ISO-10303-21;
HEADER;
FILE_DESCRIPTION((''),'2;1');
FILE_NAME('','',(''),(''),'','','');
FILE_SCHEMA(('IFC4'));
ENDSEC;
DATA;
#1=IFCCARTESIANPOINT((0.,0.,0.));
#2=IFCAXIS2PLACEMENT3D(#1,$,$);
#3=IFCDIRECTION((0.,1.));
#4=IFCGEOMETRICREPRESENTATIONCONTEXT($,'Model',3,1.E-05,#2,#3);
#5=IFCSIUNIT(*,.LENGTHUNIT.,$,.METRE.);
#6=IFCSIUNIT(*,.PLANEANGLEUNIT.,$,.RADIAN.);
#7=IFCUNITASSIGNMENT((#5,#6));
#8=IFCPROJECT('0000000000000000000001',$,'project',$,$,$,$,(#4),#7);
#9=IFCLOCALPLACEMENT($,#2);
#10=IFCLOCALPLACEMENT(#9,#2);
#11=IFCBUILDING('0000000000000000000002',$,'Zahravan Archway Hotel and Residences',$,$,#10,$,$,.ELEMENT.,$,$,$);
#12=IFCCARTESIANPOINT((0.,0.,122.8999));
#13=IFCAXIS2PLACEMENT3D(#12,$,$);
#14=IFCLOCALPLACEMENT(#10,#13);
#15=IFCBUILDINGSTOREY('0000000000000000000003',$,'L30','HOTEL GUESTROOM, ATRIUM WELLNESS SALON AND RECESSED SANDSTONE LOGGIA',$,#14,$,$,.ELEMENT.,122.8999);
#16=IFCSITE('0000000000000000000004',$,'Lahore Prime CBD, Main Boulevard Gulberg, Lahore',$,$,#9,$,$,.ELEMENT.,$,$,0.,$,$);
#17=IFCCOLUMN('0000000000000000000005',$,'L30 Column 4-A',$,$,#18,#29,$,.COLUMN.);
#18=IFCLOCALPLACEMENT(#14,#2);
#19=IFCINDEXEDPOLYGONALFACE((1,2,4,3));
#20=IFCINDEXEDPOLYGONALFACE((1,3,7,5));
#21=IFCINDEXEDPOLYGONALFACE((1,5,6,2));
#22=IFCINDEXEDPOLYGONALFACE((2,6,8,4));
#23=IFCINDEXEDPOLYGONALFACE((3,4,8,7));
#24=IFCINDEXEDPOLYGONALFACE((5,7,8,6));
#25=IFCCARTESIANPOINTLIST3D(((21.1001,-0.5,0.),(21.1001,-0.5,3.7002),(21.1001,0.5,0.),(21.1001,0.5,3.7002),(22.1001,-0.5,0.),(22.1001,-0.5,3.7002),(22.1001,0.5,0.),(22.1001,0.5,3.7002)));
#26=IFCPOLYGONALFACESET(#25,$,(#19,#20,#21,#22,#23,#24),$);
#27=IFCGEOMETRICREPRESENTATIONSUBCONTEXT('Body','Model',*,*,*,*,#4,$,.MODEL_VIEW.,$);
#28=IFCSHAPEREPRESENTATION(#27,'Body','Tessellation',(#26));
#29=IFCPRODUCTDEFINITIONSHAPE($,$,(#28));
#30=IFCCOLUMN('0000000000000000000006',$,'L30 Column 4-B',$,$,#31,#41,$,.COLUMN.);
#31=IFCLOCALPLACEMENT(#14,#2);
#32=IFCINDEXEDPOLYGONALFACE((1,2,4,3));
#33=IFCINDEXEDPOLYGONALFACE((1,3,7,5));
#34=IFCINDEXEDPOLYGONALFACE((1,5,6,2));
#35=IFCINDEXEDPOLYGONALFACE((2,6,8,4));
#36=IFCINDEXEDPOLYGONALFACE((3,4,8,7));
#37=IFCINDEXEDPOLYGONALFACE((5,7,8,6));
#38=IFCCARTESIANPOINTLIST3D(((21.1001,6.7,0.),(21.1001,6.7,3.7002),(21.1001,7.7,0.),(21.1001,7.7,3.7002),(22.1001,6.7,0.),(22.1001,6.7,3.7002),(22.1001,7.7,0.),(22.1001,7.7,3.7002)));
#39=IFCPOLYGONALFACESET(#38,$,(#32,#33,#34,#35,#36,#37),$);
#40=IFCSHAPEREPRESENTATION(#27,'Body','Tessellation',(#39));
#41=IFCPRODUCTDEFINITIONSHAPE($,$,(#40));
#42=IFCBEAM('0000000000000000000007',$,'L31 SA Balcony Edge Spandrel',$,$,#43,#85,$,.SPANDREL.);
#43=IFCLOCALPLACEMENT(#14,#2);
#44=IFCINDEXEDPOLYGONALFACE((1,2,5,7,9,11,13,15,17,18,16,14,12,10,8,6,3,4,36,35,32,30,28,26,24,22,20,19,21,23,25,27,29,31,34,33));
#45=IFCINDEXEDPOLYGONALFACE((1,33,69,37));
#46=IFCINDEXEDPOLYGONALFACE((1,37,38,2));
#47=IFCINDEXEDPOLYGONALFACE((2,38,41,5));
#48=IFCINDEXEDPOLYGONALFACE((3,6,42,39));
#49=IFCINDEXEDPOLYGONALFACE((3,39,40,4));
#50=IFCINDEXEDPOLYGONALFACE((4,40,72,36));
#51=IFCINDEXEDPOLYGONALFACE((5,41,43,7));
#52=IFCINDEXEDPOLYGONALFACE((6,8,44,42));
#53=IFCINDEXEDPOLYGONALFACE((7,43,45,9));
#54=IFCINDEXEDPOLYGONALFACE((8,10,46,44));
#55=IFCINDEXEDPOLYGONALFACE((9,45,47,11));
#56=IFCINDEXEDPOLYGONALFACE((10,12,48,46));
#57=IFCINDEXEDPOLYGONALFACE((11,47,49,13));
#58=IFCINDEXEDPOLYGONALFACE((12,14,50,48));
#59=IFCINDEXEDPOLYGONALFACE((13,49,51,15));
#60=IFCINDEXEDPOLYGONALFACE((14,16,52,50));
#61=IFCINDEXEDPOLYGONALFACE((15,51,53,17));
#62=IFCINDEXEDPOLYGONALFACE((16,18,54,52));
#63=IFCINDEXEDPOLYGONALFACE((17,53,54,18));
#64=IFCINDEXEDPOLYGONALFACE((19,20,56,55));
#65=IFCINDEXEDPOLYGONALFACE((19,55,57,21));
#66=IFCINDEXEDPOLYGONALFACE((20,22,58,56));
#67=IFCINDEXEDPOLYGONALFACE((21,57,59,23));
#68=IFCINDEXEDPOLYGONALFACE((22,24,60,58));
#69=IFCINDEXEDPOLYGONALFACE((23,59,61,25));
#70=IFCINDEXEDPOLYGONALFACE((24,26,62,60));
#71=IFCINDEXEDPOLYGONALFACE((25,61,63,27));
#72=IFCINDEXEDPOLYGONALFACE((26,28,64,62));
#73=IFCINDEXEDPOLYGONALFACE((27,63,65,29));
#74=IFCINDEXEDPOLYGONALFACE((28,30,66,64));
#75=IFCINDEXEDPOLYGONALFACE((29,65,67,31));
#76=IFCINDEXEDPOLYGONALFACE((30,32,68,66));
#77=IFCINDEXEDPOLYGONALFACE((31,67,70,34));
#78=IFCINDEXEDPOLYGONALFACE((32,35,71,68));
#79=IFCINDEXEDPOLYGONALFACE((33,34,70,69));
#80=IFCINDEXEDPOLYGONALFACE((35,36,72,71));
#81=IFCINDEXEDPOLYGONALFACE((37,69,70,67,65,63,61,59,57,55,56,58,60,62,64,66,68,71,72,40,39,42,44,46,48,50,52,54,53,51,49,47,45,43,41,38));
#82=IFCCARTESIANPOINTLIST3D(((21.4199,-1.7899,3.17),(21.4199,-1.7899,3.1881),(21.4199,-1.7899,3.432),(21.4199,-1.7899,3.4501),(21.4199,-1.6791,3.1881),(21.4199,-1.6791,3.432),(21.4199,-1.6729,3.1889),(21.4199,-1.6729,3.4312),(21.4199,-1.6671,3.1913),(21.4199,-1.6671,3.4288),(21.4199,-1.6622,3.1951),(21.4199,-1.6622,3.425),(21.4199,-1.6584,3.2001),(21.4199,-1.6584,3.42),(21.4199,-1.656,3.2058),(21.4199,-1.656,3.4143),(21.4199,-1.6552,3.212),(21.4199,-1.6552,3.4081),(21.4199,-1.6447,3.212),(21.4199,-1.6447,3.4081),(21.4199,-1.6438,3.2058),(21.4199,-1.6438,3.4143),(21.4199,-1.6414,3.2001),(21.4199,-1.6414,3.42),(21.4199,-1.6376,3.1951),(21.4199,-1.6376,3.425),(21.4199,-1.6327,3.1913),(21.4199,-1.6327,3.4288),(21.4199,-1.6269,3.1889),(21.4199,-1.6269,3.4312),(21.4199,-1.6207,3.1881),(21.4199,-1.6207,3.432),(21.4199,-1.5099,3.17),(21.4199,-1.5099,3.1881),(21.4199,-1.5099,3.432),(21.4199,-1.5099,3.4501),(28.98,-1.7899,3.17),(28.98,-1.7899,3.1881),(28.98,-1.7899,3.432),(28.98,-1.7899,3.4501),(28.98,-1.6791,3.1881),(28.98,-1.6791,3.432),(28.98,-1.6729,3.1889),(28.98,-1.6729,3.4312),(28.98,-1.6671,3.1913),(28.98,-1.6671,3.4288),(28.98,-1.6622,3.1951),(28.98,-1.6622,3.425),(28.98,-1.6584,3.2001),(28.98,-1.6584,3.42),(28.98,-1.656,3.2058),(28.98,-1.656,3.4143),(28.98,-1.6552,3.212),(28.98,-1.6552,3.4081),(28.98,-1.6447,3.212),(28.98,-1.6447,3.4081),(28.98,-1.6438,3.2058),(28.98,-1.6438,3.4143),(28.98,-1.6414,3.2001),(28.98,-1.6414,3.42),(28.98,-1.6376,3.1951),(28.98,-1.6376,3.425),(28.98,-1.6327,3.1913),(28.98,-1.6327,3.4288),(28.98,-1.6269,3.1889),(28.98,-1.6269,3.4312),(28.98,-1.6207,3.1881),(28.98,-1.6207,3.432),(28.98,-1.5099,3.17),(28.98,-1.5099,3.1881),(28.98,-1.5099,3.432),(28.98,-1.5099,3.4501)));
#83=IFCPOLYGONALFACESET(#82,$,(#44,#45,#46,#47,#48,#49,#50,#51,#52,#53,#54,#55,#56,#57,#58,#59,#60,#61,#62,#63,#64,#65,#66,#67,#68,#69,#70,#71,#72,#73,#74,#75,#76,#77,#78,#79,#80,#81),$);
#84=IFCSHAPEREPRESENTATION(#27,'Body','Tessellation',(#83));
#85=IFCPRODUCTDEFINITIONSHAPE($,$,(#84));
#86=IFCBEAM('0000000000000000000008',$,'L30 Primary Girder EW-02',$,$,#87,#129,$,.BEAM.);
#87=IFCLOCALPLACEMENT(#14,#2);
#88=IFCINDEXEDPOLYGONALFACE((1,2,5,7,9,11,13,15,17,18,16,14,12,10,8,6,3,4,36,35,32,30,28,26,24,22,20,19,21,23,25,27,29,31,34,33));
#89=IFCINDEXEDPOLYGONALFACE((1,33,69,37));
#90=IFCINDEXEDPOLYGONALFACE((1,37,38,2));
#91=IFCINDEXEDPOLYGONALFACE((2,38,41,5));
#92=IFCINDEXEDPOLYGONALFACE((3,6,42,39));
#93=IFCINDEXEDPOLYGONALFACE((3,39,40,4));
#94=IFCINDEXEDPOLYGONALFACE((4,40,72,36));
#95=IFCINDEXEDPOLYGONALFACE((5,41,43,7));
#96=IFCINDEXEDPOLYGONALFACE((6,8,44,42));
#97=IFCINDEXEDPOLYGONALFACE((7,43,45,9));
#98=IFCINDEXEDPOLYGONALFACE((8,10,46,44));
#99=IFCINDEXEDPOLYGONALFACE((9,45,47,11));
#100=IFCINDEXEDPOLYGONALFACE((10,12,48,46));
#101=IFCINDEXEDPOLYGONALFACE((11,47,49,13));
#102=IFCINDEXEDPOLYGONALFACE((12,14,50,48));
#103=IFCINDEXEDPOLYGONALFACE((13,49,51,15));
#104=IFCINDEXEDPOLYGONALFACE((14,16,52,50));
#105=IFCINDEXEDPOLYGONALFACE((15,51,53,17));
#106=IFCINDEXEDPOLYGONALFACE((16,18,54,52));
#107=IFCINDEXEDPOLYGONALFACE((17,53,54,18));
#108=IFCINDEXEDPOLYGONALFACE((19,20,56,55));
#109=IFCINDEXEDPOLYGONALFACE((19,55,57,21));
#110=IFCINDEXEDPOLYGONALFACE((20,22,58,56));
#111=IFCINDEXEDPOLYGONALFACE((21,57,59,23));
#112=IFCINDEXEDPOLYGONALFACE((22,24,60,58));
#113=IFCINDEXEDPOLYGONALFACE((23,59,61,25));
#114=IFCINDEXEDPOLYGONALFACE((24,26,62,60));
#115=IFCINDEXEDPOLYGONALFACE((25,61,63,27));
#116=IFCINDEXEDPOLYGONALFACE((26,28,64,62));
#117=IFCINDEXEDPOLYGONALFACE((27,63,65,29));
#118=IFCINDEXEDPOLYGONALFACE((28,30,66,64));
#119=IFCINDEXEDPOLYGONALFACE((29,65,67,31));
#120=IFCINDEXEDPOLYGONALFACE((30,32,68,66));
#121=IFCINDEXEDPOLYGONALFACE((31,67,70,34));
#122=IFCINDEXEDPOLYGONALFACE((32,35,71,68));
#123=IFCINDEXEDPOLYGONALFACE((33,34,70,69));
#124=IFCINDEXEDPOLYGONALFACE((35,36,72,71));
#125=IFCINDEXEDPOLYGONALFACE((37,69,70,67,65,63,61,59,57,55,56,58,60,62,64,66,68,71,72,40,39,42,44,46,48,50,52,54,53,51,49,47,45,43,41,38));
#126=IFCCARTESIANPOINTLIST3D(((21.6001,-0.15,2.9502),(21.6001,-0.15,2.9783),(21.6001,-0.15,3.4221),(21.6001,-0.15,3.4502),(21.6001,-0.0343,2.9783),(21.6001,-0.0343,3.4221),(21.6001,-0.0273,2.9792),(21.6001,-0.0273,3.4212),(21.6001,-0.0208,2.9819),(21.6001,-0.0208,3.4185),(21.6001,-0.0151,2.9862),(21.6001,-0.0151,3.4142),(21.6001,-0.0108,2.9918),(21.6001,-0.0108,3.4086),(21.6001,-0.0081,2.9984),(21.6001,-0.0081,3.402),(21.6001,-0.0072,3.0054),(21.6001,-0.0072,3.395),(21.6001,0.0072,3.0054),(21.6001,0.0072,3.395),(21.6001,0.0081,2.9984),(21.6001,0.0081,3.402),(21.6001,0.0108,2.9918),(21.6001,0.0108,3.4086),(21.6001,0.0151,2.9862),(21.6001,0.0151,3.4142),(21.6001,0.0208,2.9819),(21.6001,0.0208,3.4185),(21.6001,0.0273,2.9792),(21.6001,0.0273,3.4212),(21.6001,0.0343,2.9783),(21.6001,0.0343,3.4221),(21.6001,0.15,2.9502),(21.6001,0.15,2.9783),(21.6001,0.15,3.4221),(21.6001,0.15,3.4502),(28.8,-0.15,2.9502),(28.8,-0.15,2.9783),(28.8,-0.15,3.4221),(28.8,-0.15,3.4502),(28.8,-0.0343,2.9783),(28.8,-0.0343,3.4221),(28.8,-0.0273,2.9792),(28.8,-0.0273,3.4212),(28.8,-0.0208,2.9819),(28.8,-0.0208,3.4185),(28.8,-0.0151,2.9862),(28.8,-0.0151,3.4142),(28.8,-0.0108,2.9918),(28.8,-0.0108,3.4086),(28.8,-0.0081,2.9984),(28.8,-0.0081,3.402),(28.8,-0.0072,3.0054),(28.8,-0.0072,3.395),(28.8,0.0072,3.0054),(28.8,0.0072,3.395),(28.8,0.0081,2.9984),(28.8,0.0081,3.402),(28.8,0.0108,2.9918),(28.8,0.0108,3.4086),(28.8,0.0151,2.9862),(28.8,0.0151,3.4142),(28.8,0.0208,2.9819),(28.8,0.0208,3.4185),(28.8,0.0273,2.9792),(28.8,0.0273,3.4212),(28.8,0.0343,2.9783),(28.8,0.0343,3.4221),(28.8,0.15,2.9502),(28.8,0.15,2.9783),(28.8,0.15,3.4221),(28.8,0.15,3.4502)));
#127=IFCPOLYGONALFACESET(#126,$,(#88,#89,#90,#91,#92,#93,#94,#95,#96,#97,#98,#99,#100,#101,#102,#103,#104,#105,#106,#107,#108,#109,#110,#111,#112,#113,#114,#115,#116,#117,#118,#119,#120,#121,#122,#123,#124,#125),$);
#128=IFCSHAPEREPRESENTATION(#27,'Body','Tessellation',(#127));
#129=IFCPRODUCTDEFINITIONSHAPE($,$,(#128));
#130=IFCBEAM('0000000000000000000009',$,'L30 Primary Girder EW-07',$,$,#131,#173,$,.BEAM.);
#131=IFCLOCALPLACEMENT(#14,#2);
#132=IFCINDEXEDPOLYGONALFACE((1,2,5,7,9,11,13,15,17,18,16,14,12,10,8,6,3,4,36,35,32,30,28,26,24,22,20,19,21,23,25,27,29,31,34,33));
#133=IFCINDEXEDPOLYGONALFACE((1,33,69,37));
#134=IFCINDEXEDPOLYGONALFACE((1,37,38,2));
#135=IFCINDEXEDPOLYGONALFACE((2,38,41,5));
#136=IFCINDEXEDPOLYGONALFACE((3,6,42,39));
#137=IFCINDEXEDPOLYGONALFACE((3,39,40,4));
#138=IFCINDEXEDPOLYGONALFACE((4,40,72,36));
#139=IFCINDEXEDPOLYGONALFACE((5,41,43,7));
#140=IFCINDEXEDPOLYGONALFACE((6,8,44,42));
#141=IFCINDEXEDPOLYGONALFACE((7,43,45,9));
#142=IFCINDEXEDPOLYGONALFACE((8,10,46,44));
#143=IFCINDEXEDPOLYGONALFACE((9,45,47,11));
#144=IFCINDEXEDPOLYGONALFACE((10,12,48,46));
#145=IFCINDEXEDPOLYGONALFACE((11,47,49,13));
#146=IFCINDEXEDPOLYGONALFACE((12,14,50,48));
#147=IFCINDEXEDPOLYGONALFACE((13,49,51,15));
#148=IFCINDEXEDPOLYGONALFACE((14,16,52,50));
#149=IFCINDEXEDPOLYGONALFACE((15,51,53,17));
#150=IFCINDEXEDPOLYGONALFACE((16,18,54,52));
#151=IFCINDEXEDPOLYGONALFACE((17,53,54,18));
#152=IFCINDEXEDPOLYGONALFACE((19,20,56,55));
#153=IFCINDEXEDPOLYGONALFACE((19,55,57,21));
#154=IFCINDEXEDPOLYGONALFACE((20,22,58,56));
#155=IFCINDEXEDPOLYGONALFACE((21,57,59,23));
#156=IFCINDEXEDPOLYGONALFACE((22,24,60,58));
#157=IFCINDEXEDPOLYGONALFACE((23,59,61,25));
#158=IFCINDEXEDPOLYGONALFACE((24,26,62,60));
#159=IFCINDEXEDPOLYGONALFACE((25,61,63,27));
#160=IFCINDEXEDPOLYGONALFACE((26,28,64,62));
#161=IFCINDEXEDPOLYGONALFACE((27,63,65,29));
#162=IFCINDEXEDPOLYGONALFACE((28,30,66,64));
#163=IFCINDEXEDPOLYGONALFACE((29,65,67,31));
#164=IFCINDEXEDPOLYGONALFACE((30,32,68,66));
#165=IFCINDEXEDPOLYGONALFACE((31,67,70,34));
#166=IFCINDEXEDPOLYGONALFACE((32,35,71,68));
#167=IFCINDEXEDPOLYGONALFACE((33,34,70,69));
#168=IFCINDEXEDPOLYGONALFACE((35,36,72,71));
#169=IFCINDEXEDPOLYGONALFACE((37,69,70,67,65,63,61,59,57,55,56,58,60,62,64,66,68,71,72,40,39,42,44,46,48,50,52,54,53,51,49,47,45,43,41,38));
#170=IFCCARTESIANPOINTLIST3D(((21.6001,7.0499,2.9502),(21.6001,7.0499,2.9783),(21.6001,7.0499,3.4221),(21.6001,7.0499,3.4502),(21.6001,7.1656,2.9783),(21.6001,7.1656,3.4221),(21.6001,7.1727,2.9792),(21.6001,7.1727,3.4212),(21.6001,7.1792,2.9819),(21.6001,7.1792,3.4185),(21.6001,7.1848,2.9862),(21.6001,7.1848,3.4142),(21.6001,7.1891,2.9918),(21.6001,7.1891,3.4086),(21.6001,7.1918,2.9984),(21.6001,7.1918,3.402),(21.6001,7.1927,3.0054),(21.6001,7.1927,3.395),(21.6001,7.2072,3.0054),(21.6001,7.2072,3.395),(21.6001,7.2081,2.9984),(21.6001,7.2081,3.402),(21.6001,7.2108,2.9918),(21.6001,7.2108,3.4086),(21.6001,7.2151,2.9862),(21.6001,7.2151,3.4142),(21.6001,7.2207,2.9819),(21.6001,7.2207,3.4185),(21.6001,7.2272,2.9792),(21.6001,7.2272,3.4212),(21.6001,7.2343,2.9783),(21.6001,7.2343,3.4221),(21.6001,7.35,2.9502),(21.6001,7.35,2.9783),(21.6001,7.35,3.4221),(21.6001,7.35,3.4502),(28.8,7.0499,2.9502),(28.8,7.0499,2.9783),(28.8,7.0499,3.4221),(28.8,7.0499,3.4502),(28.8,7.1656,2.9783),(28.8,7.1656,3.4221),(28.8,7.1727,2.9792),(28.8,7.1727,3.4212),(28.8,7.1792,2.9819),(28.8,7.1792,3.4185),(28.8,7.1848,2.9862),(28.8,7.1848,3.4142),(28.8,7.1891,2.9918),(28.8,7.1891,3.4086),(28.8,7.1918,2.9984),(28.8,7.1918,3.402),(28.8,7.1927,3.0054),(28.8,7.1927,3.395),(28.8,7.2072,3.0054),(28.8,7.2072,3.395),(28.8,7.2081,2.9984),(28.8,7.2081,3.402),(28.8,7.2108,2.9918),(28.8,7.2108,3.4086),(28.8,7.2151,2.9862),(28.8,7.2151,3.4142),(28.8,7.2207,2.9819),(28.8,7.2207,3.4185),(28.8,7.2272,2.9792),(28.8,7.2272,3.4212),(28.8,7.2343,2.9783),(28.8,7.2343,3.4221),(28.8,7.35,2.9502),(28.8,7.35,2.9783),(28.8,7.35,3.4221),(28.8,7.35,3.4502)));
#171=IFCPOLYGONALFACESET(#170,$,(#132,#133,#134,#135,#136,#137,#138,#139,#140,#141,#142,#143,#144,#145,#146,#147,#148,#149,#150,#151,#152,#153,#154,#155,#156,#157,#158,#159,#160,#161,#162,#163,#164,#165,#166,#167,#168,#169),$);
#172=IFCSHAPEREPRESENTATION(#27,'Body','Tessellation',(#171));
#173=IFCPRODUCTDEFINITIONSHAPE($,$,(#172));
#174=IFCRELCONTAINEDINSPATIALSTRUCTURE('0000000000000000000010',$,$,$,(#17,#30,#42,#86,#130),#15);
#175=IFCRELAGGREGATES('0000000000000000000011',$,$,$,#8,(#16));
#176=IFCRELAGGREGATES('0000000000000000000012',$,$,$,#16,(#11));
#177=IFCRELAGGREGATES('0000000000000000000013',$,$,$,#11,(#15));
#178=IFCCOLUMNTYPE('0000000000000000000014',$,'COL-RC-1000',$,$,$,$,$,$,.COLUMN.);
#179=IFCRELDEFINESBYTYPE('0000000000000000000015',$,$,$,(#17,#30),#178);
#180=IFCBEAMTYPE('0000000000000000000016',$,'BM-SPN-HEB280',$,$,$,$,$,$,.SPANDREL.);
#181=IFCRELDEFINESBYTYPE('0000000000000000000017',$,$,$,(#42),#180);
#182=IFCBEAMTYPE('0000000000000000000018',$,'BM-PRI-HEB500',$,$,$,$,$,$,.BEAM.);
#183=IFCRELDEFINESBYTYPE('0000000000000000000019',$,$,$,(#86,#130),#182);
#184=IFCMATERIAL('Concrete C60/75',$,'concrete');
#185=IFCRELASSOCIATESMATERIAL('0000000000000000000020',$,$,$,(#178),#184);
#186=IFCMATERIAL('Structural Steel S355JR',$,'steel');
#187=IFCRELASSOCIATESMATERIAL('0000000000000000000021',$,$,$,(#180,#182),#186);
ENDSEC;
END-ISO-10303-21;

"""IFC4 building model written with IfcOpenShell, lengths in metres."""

from ifc_helpers import new_model, si_unit, direction, frame, origin, origin_2d, place, context, subcontext, project, spatial, rectangle, i_section, extrude, source, transform, mapped, material, material_profile, profile_set, type_object, type_shapes, element, save


model = new_model("IFC4")

# Units and contexts
model_context = context("Model", 3, precision=1e-05, world=origin(), true_north=direction((0.0, 1.0)))
body_context = subcontext(model_context, "Body", "Model", "MODEL_VIEW")
ifc_project = project(units=[si_unit("LENGTHUNIT", "METRE"), si_unit("PLANEANGLEUNIT", "RADIAN")], contexts=[model_context])

# Site, building, storey
site_placement = place(None, origin())
site = spatial("IfcSite", under=ifc_project, at=site_placement, Name="Lahore Prime CBD, Main Boulevard Gulberg, Lahore", CompositionType="ELEMENT", RefElevation=0.0)
building_placement = place(site_placement, origin())
building = spatial("IfcBuilding", under=site, at=building_placement, Name="Zahravan Archway Hotel and Residences", CompositionType="ELEMENT")
storey_placement = place(building_placement, frame((0.0, 0.0, 122.8999)))
storey = spatial("IfcBuildingStorey", under=building, at=storey_placement, Name="L30", Description="HOTEL GUESTROOM, ATRIUM WELLNESS SALON AND RECESSED SANDSTONE LOGGIA", CompositionType="ELEMENT", Elevation=122.8999)

# Columns
ifc_material_1 = material(Name="Concrete C60/75", Category="concrete")
ifc_material_profile_1 = material_profile(ifc_material_1, rectangle(XDim=1.0, YDim=1.0, at=origin_2d()), Name="RC-COL-1000x1000", Category="concrete")
ifc_profile_set_1 = profile_set([ifc_material_profile_1], Name="Concrete C60/75")
column_type = type_object("IfcColumnType", Name="COL-RC-1000", PredefinedType="COLUMN", material=ifc_profile_set_1)
shared_shape_1 = source(origin(), body_context, "Body", "SweptSolid", [
    extrude(rectangle(XDim=1.0, YDim=1.0, at=origin_2d()), origin(), (0.0, 0.0, 1.0), 3.7002),
])
for number, where, z_axis, x_axis, name in (
    (1, (21.6001, 0.0, 0.0), (0.0, 0.0, 1.0), (1.0, 0.0, 0.0), "L30 Column 4-A"),
    (2, (21.6001, 7.2, 0.0), (0.0, 0.0, 1.0), (1.0, 0.0, 0.0), "L30 Column 4-B"),
):
    element("IfcColumn", number, at=place(storey_placement, frame(where, z_axis=z_axis, x_axis=x_axis)), inside=storey, type_object=column_type, Name=name, PredefinedType="COLUMN", context=body_context, shape_type="MappedRepresentation", body=[
        mapped(shared_shape_1, transform((0.0, 0.0, 0.0), scale=1.0)),
    ])

# Beams
ifc_material_2 = material(Name="Structural Steel S355JR", Category="steel")
ifc_material_profile_2 = material_profile(ifc_material_2, i_section(OverallWidth=0.28, OverallDepth=0.28, WebThickness=0.0105, FlangeThickness=0.0181, FilletRadius=0.0239, at=origin_2d()), Name="HEB 280", Category="steel")
ifc_profile_set_2 = profile_set([ifc_material_profile_2], Name="Structural Steel S355JR")
beam_type_1 = type_object("IfcBeamType", Name="BM-SPN-HEB280", PredefinedType="SPANDREL", material=ifc_profile_set_2)
shared_shape_2 = source(origin(), body_context, "Body", "SweptSolid", [
    extrude(i_section(OverallWidth=0.28, OverallDepth=0.28, WebThickness=0.0105, FlangeThickness=0.0181, FilletRadius=0.0239, at=origin_2d()), origin(), (0.0, 0.0, 1.0), 7.5601),
])
type_shapes(beam_type_1, [shared_shape_2])
beam_1_placement = place(storey_placement, frame((21.4199, -1.6499, 3.3101), z_axis=(1.0, 0.0, 0.0), x_axis=(0.0, 1.0, 0.0)))
element("IfcBeam", 3, at=beam_1_placement, inside=storey, type_object=beam_type_1, Name="L31 SA Balcony Edge Spandrel", PredefinedType="SPANDREL", context=body_context, shape_type="MappedRepresentation", body=[
    mapped(shared_shape_2, transform((0.0, 0.0, 0.0), scale=1.0)),
])
ifc_material_profile_3 = material_profile(ifc_material_2, i_section(OverallWidth=0.3, OverallDepth=0.5, WebThickness=0.0144, FlangeThickness=0.0281, FilletRadius=0.0271, at=origin_2d()), Name="HEB 500", Category="steel")
ifc_profile_set_3 = profile_set([ifc_material_profile_3], Name="Structural Steel S355JR")
beam_type_2 = type_object("IfcBeamType", Name="BM-PRI-HEB500", PredefinedType="BEAM", material=ifc_profile_set_3)
shared_shape_3 = source(origin(), body_context, "Body", "SweptSolid", [
    extrude(i_section(OverallWidth=0.3, OverallDepth=0.5, WebThickness=0.0144, FlangeThickness=0.0281, FilletRadius=0.0271, at=origin_2d()), origin(), (0.0, 0.0, 1.0), 7.2),
])
for number, where, z_axis, x_axis, name in (
    (4, (21.6001, 0.0, 3.2002), (1.0, 0.0, 0.0), (0.0, 1.0, 0.0), "L30 Primary Girder EW-02"),
    (5, (21.6001, 7.2, 3.2002), (1.0, 0.0, 0.0), (0.0, 1.0, 0.0), "L30 Primary Girder EW-07"),
):
    element("IfcBeam", number, at=place(storey_placement, frame(where, z_axis=z_axis, x_axis=x_axis)), inside=storey, type_object=beam_type_2, Name=name, PredefinedType="BEAM", context=body_context, shape_type="MappedRepresentation", body=[
        mapped(shared_shape_3, transform((0.0, 0.0, 0.0), scale=1.0)),
    ])

save(model, "model.ifc")
